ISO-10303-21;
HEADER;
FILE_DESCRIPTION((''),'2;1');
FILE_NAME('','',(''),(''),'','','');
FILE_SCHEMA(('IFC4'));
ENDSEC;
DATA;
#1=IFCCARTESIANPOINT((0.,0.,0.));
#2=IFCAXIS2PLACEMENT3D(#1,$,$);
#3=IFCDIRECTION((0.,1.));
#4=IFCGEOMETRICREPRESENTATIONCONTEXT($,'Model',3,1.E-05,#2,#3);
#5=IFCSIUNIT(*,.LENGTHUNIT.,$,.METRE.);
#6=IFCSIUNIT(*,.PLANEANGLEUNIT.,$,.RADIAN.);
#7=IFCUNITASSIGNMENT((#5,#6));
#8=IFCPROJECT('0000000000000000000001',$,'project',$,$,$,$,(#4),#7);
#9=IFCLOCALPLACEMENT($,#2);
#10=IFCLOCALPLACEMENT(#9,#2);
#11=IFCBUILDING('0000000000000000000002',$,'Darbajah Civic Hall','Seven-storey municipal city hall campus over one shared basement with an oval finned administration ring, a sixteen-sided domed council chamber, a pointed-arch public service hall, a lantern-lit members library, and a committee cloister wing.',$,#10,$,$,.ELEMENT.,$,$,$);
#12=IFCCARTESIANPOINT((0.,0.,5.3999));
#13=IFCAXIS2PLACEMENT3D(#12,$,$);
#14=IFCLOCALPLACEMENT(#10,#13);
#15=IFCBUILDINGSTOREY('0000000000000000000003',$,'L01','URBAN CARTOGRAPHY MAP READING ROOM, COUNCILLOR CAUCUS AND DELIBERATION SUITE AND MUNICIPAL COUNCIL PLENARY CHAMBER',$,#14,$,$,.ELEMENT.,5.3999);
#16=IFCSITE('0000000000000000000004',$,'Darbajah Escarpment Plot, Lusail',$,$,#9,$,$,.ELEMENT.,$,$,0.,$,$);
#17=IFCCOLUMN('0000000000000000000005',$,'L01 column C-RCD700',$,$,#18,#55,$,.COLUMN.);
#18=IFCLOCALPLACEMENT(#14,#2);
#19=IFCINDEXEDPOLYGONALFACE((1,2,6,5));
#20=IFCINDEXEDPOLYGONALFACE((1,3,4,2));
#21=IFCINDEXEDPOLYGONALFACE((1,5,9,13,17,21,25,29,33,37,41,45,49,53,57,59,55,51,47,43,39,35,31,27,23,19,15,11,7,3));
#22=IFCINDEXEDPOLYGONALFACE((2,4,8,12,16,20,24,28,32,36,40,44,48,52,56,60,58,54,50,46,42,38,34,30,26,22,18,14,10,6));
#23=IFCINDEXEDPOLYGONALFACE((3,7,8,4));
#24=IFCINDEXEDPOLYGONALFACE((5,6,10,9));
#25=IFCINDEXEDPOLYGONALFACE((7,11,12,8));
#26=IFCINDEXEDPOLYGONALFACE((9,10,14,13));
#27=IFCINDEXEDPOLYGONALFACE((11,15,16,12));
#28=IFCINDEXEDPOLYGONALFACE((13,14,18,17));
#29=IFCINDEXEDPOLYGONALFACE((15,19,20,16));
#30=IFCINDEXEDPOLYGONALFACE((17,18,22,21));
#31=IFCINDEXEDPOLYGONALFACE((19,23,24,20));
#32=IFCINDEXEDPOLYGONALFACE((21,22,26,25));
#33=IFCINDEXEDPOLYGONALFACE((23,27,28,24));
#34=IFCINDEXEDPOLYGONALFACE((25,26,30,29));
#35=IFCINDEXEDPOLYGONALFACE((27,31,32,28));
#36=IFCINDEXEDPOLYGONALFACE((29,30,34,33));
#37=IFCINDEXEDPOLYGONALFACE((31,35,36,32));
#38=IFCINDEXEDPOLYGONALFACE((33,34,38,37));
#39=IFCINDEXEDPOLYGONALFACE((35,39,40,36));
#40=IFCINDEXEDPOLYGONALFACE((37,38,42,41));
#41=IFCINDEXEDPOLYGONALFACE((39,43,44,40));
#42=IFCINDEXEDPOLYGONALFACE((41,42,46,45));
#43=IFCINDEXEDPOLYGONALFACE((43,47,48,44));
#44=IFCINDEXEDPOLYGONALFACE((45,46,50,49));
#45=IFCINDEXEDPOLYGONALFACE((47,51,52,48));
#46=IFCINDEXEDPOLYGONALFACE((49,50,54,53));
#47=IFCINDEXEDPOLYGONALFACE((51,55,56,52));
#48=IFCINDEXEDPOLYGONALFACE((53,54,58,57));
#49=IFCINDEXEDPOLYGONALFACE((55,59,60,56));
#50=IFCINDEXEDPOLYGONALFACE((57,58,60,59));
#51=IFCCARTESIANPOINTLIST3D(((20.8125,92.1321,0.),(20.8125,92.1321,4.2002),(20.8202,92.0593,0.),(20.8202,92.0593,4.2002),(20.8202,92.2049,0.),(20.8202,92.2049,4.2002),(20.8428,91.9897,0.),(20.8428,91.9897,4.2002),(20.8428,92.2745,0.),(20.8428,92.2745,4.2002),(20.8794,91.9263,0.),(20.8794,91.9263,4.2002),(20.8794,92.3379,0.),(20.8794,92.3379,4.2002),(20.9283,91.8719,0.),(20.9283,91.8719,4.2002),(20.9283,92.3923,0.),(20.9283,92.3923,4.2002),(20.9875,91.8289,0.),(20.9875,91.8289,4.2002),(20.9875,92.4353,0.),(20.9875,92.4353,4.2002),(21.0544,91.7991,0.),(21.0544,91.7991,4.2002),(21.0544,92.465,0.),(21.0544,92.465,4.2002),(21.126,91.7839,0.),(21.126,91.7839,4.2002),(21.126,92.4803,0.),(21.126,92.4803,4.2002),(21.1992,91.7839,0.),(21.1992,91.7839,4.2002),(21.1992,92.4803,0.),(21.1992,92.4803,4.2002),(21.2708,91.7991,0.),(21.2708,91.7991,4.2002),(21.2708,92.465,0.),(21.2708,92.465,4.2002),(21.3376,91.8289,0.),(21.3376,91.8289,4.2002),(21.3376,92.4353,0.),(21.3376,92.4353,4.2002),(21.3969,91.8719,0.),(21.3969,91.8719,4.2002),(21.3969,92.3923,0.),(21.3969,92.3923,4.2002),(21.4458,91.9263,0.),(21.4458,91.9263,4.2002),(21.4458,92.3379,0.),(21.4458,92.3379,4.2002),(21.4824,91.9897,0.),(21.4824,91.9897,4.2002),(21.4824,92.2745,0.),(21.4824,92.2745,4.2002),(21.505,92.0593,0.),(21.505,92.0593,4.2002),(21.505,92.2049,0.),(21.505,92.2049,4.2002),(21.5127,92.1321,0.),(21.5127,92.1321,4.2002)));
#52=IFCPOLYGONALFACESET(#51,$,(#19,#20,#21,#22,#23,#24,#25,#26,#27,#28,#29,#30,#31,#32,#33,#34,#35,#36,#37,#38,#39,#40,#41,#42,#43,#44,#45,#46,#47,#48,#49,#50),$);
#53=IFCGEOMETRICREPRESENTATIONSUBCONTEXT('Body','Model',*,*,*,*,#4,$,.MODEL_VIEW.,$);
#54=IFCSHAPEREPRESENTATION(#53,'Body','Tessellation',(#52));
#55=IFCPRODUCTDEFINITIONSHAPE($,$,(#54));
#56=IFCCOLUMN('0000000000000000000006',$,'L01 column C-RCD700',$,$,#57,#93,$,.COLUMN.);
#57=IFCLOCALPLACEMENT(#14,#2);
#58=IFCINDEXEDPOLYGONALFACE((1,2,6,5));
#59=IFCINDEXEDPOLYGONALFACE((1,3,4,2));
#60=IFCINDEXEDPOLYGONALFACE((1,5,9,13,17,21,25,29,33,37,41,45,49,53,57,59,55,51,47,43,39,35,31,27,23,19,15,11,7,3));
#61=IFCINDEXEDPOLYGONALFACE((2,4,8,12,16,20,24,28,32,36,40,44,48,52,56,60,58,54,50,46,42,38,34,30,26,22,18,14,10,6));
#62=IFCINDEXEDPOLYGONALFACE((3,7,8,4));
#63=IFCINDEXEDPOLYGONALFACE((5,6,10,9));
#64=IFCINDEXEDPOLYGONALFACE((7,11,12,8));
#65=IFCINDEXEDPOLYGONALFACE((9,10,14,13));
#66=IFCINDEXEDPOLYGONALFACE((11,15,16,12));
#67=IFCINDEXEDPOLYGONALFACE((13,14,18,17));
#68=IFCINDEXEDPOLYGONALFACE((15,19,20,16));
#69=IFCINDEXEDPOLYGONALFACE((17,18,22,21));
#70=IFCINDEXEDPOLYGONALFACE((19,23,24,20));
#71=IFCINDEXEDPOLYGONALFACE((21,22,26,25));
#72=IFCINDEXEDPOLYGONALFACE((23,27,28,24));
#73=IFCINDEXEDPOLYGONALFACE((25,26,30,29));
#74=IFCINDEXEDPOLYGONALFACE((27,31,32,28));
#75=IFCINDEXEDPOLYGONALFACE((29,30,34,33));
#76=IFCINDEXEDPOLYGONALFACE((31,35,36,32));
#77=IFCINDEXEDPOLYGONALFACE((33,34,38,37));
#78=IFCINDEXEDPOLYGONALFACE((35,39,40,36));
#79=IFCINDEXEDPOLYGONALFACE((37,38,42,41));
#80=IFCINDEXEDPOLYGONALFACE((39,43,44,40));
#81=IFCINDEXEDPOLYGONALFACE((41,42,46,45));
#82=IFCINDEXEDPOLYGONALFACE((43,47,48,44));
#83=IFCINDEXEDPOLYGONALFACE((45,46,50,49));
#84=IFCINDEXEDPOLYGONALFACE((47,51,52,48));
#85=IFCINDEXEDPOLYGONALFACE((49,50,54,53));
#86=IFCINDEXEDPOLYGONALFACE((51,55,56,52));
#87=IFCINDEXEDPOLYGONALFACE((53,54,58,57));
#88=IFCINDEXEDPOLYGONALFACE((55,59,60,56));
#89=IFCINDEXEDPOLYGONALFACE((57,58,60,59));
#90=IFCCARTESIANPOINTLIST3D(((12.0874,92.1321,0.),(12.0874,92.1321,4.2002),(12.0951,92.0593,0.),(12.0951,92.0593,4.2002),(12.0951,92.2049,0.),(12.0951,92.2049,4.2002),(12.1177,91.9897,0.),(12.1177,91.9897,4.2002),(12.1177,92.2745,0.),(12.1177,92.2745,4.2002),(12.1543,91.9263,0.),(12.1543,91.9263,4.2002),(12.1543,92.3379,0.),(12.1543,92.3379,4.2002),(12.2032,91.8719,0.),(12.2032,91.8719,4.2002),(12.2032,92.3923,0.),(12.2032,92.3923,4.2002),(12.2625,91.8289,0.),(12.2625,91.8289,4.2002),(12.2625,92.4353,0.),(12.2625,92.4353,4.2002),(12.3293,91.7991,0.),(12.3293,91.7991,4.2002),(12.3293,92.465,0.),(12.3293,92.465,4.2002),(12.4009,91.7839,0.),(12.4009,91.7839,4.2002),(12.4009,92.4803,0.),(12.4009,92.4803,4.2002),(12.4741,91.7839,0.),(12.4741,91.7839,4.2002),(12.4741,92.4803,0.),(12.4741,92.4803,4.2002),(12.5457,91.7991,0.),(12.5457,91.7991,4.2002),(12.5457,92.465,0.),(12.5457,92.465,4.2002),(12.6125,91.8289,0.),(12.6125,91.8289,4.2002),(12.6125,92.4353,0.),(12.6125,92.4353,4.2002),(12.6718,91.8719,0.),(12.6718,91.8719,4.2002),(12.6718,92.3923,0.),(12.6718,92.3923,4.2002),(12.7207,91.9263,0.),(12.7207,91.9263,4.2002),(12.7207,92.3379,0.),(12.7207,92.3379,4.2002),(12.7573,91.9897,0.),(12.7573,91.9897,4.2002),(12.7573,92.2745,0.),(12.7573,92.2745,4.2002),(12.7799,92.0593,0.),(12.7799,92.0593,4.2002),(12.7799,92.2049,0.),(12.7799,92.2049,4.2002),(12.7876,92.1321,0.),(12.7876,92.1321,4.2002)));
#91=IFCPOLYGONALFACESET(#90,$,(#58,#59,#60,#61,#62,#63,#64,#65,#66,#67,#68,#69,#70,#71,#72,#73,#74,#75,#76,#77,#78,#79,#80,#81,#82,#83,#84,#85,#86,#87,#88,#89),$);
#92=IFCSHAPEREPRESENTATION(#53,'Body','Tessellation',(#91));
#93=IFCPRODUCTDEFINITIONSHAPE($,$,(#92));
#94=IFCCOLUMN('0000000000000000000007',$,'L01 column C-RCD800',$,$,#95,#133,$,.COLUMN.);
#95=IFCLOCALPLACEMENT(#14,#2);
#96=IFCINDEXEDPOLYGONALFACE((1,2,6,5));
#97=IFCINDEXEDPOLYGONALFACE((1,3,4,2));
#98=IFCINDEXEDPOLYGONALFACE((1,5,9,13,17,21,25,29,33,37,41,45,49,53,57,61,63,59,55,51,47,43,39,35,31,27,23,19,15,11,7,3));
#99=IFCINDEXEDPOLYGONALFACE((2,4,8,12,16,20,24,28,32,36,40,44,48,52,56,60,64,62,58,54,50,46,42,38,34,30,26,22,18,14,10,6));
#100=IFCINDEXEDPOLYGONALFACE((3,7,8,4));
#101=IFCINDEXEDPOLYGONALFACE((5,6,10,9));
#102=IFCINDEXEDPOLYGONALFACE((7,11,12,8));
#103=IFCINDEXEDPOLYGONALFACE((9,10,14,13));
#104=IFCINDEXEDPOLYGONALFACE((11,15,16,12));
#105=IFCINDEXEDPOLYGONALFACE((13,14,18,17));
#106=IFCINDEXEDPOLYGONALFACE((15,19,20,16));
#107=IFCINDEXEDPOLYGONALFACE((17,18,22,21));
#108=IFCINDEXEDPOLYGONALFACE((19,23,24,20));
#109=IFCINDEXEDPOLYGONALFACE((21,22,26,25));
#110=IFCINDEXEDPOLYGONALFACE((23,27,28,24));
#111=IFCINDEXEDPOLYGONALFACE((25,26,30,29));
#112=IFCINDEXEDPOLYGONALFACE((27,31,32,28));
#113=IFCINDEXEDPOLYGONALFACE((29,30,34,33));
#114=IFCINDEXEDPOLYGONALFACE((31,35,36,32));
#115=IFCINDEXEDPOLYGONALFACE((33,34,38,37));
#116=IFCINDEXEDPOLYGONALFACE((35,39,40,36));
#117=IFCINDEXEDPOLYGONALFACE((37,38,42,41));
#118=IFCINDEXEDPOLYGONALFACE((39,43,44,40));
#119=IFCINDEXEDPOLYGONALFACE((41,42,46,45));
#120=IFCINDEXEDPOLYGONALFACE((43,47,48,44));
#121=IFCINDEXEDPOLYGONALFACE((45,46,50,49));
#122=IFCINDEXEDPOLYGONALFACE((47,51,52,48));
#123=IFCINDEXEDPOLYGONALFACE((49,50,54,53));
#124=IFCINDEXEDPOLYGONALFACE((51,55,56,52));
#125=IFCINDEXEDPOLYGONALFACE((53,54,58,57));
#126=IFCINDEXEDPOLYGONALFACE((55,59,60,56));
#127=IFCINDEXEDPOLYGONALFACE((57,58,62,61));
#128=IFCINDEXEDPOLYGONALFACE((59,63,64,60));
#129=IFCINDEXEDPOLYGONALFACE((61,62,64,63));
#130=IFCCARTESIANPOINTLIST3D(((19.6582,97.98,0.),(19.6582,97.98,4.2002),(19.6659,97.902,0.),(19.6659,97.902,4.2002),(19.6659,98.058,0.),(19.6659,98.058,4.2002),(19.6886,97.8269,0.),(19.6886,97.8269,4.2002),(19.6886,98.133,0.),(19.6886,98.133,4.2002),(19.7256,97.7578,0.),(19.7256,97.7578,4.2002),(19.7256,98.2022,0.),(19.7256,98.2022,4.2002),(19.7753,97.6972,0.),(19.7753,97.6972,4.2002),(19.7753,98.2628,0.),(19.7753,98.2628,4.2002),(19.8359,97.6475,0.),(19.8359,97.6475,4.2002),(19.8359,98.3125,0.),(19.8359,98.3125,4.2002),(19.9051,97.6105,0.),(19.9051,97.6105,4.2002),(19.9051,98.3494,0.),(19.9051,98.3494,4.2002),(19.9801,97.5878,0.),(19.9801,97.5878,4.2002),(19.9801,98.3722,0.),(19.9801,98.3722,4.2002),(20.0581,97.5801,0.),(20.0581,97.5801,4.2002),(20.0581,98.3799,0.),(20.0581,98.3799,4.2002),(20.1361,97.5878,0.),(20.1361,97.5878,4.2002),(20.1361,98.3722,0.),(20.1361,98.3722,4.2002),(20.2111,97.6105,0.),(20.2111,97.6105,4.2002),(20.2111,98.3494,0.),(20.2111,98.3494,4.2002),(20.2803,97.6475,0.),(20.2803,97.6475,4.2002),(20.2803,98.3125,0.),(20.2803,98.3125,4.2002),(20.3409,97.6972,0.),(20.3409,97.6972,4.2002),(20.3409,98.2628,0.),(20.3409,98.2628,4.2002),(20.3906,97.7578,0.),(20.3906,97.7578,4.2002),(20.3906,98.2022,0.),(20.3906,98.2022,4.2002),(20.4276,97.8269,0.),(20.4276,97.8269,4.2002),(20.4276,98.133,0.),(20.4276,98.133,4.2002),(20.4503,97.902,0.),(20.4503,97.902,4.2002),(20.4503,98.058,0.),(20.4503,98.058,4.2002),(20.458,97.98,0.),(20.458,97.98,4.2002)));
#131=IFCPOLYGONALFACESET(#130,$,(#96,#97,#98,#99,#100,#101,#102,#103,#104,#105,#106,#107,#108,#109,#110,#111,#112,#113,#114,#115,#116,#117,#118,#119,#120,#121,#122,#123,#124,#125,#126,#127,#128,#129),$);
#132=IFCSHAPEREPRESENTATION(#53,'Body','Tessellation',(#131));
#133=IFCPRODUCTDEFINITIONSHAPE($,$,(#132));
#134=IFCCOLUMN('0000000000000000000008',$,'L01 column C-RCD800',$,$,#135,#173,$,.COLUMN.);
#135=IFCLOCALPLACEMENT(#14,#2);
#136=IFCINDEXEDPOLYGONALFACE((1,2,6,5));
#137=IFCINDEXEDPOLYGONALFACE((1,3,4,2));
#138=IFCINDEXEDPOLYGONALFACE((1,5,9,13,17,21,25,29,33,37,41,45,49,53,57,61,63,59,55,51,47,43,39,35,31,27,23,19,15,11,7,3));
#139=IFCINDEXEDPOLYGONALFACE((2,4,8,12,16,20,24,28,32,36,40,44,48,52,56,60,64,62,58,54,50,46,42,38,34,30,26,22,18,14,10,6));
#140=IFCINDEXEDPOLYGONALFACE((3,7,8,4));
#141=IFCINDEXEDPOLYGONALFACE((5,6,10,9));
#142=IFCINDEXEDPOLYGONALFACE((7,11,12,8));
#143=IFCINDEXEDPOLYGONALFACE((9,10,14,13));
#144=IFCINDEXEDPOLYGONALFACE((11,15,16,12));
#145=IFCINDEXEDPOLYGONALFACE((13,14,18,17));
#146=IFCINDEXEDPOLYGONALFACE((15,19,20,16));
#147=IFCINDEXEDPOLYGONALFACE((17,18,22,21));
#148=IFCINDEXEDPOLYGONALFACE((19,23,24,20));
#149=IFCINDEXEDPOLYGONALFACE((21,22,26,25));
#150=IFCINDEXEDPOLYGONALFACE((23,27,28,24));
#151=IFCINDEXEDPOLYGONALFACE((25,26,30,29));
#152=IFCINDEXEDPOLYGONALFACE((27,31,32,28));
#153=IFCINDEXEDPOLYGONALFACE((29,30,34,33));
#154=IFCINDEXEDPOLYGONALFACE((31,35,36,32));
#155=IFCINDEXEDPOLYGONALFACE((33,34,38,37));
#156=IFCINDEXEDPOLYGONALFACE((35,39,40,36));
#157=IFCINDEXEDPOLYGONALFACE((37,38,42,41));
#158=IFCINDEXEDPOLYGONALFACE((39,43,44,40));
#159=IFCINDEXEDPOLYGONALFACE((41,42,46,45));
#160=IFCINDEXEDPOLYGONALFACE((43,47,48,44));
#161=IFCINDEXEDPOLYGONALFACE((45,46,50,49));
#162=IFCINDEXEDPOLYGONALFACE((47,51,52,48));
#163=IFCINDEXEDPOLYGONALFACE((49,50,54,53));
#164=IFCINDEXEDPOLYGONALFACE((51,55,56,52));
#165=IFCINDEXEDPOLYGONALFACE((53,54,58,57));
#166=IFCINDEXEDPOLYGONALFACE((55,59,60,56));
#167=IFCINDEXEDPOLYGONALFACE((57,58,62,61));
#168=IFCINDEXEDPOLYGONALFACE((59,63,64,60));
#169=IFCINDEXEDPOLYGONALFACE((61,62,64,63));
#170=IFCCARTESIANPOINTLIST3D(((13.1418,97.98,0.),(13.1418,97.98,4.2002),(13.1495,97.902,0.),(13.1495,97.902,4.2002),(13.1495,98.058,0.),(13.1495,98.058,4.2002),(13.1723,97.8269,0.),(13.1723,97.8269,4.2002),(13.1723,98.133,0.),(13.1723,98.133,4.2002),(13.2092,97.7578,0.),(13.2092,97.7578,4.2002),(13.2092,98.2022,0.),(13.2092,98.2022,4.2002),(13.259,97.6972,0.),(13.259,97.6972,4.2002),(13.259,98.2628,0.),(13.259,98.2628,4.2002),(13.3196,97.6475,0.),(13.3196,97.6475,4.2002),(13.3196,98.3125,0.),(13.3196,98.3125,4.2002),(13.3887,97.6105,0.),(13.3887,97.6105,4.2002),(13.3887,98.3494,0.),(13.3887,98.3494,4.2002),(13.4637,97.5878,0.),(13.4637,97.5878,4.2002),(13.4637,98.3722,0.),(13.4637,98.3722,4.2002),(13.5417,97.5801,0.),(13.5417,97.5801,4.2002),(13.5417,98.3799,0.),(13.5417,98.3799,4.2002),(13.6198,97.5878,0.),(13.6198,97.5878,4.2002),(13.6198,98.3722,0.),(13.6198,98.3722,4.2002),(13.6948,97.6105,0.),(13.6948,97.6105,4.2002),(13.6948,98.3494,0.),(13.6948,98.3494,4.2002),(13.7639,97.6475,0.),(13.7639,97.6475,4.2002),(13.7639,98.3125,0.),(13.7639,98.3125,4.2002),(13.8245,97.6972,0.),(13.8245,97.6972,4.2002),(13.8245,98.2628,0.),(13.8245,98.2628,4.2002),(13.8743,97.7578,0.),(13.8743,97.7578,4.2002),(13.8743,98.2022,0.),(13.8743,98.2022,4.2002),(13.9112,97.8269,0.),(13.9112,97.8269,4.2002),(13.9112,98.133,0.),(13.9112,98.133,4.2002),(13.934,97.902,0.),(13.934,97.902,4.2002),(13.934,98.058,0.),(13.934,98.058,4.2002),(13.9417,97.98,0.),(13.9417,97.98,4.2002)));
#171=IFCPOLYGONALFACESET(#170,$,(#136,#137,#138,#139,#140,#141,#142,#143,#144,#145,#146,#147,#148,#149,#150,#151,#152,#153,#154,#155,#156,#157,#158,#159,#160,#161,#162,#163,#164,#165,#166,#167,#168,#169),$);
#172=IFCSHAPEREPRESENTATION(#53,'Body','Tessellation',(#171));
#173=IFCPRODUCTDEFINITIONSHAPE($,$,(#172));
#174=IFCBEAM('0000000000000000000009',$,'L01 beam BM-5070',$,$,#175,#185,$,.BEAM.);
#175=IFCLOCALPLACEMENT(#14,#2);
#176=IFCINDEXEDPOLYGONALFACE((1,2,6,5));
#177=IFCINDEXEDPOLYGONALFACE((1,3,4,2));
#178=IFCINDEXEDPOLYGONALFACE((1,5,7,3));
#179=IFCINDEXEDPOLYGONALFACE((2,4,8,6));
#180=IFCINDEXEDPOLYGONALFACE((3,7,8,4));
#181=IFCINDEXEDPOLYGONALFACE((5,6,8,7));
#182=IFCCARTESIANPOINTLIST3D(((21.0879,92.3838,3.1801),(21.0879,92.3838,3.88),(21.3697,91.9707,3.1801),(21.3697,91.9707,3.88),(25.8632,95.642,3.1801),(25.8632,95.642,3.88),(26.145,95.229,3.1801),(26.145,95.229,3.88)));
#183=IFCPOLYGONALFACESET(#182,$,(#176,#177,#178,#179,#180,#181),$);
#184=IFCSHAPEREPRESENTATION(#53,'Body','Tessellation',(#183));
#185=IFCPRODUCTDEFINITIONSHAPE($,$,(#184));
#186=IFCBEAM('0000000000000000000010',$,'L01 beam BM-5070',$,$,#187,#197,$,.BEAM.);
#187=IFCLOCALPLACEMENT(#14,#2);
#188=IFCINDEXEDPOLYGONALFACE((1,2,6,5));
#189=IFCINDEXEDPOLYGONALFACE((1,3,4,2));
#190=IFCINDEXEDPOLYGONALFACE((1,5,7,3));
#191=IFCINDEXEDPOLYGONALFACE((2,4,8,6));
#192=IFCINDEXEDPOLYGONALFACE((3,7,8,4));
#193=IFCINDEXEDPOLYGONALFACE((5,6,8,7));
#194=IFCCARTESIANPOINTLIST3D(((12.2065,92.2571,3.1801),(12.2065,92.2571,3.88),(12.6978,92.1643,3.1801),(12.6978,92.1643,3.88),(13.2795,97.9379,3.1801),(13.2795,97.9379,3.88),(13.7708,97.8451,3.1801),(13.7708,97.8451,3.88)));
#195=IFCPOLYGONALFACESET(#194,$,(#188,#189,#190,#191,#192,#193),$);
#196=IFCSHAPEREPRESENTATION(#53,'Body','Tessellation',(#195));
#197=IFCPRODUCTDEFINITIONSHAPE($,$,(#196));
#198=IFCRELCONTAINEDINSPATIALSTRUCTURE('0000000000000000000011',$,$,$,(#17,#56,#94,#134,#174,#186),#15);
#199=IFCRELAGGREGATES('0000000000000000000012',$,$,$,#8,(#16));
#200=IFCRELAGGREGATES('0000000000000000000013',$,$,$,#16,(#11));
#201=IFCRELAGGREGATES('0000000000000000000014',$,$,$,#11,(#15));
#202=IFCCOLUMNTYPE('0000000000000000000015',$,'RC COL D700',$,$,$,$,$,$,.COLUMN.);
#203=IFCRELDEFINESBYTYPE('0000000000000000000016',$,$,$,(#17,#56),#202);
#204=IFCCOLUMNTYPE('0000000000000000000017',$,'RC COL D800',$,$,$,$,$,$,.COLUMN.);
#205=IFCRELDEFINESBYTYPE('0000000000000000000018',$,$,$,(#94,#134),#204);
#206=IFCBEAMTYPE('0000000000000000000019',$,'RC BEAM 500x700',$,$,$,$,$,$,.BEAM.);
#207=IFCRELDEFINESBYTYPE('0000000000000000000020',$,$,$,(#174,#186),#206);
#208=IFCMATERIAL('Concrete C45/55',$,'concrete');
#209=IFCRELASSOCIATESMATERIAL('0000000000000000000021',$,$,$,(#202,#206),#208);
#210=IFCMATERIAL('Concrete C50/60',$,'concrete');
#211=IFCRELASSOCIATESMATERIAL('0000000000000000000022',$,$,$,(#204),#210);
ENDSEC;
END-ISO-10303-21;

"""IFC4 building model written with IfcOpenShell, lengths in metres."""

from ifc_helpers import new_model, si_unit, direction, frame, origin, origin_2d, place, context, subcontext, project, spatial, rectangle, circle, extrude, material, material_profile, profile_set, type_object, element, save


model = new_model("IFC4")

# Units and contexts
model_context = context("Model", 3, precision=1e-05, world=origin(), true_north=direction((0.0, 1.0)))
body_context = subcontext(model_context, "Body", "Model", "MODEL_VIEW")
ifc_project = project(units=[si_unit("LENGTHUNIT", "METRE"), si_unit("PLANEANGLEUNIT", "RADIAN")], contexts=[model_context])

# Site, building, storey
site_placement = place(None, origin())
site = spatial("IfcSite", under=ifc_project, at=site_placement, Name="Darbajah Escarpment Plot, Lusail", CompositionType="ELEMENT", RefElevation=0.0)
building_placement = place(site_placement, origin())
building = spatial("IfcBuilding", under=site, at=building_placement, Name="Darbajah Civic Hall", Description="Seven-storey municipal city hall campus over one shared basement with an oval finned administration ring, a sixteen-sided domed council chamber, a pointed-arch public service hall, a lantern-lit members library, and a committee cloister wing.", CompositionType="ELEMENT")
storey_placement = place(building_placement, frame((0.0, 0.0, 5.3999)))
storey = spatial("IfcBuildingStorey", under=building, at=storey_placement, Name="L01", Description="URBAN CARTOGRAPHY MAP READING ROOM, COUNCILLOR CAUCUS AND DELIBERATION SUITE AND MUNICIPAL COUNCIL PLENARY CHAMBER", CompositionType="ELEMENT", Elevation=5.3999)

# Columns
ifc_material_1 = material(Name="Concrete C45/55", Category="concrete")
ifc_material_profile_1 = material_profile(ifc_material_1, circle(Radius=0.3501, at=origin_2d()), Name="RC COL D700")
ifc_profile_set_1 = profile_set([ifc_material_profile_1], Name="Concrete C45/55")
column_type_1 = type_object("IfcColumnType", Name="RC COL D700", PredefinedType="COLUMN", material=ifc_profile_set_1)
for number, where, z_axis, x_axis, name in (
    (1, (21.1626, 92.1321, 0.0), (0.0, 0.0, 1.0), (1.0, 0.0, 0.0), "L01 column C-RCD700"),
    (2, (12.4375, 92.1321, 0.0), (0.0, 0.0, 1.0), (1.0, 0.0, 0.0), "L01 column C-RCD700"),
):
    element("IfcColumn", number, at=place(storey_placement, frame(where, z_axis=z_axis, x_axis=x_axis)), inside=storey, type_object=column_type_1, Name=name, PredefinedType="COLUMN", context=body_context, shape_type="SweptSolid", body=[
        extrude(circle(Radius=0.3501, at=origin_2d()), origin(), (0.0, 0.0, 1.0), 4.2002),
    ])
ifc_material_2 = material(Name="Concrete C50/60", Category="concrete")
ifc_material_profile_2 = material_profile(ifc_material_2, circle(Radius=0.3999, at=origin_2d()), Name="RC COL D800")
ifc_profile_set_2 = profile_set([ifc_material_profile_2], Name="Concrete C50/60")
column_type_2 = type_object("IfcColumnType", Name="RC COL D800", PredefinedType="COLUMN", material=ifc_profile_set_2)
for number, where, z_axis, x_axis, name in (
    (3, (20.0581, 97.98, 0.0), (0.0, 0.0, 1.0), (1.0, 0.0, 0.0), "L01 column C-RCD800"),
    (4, (13.5417, 97.98, 0.0), (0.0, 0.0, 1.0), (1.0, 0.0, 0.0), "L01 column C-RCD800"),
):
    element("IfcColumn", number, at=place(storey_placement, frame(where, z_axis=z_axis, x_axis=x_axis)), inside=storey, type_object=column_type_2, Name=name, PredefinedType="COLUMN", context=body_context, shape_type="SweptSolid", body=[
        extrude(circle(Radius=0.3999, at=origin_2d()), origin(), (0.0, 0.0, 1.0), 4.2002),
    ])

# Beams
ifc_material_profile_3 = material_profile(ifc_material_1, rectangle(XDim=0.5, YDim=0.7, at=origin_2d()), Name="RC BEAM 500x700")
ifc_profile_set_3 = profile_set([ifc_material_profile_3], Name="Concrete C45/55")
beam_type_1 = type_object("IfcBeamType", Name="RC BEAM 500x700", PredefinedType="BEAM", material=ifc_profile_set_3)
beam_1_placement = place(storey_placement, frame((21.2288, 92.1772, 3.53), z_axis=(0.826038, 0.563615, 0.0), x_axis=(-0.563615, 0.826038, 0.0)))
element("IfcBeam", 5, at=beam_1_placement, inside=storey, type_object=beam_type_1, Name="L01 beam BM-5070", PredefinedType="BEAM", context=body_context, shape_type="SweptSolid", body=[
    extrude(rectangle(XDim=0.5, YDim=0.7, at=origin_2d()), origin(), (0.0, 0.0, 1.0), 5.781),
])
beam_2_placement = place(storey_placement, frame((12.4521, 92.2107, 3.53), z_axis=(0.185596, 0.982626, 0.0), x_axis=(-0.982626, 0.185596, 0.0)))
element("IfcBeam", 6, at=beam_2_placement, inside=storey, type_object=beam_type_1, Name="L01 beam BM-5070", PredefinedType="BEAM", context=body_context, shape_type="SweptSolid", body=[
    extrude(rectangle(XDim=0.5, YDim=0.7, at=origin_2d()), origin(), (0.0, 0.0, 1.0), 5.7812),
])

save(model, "model.ifc")
